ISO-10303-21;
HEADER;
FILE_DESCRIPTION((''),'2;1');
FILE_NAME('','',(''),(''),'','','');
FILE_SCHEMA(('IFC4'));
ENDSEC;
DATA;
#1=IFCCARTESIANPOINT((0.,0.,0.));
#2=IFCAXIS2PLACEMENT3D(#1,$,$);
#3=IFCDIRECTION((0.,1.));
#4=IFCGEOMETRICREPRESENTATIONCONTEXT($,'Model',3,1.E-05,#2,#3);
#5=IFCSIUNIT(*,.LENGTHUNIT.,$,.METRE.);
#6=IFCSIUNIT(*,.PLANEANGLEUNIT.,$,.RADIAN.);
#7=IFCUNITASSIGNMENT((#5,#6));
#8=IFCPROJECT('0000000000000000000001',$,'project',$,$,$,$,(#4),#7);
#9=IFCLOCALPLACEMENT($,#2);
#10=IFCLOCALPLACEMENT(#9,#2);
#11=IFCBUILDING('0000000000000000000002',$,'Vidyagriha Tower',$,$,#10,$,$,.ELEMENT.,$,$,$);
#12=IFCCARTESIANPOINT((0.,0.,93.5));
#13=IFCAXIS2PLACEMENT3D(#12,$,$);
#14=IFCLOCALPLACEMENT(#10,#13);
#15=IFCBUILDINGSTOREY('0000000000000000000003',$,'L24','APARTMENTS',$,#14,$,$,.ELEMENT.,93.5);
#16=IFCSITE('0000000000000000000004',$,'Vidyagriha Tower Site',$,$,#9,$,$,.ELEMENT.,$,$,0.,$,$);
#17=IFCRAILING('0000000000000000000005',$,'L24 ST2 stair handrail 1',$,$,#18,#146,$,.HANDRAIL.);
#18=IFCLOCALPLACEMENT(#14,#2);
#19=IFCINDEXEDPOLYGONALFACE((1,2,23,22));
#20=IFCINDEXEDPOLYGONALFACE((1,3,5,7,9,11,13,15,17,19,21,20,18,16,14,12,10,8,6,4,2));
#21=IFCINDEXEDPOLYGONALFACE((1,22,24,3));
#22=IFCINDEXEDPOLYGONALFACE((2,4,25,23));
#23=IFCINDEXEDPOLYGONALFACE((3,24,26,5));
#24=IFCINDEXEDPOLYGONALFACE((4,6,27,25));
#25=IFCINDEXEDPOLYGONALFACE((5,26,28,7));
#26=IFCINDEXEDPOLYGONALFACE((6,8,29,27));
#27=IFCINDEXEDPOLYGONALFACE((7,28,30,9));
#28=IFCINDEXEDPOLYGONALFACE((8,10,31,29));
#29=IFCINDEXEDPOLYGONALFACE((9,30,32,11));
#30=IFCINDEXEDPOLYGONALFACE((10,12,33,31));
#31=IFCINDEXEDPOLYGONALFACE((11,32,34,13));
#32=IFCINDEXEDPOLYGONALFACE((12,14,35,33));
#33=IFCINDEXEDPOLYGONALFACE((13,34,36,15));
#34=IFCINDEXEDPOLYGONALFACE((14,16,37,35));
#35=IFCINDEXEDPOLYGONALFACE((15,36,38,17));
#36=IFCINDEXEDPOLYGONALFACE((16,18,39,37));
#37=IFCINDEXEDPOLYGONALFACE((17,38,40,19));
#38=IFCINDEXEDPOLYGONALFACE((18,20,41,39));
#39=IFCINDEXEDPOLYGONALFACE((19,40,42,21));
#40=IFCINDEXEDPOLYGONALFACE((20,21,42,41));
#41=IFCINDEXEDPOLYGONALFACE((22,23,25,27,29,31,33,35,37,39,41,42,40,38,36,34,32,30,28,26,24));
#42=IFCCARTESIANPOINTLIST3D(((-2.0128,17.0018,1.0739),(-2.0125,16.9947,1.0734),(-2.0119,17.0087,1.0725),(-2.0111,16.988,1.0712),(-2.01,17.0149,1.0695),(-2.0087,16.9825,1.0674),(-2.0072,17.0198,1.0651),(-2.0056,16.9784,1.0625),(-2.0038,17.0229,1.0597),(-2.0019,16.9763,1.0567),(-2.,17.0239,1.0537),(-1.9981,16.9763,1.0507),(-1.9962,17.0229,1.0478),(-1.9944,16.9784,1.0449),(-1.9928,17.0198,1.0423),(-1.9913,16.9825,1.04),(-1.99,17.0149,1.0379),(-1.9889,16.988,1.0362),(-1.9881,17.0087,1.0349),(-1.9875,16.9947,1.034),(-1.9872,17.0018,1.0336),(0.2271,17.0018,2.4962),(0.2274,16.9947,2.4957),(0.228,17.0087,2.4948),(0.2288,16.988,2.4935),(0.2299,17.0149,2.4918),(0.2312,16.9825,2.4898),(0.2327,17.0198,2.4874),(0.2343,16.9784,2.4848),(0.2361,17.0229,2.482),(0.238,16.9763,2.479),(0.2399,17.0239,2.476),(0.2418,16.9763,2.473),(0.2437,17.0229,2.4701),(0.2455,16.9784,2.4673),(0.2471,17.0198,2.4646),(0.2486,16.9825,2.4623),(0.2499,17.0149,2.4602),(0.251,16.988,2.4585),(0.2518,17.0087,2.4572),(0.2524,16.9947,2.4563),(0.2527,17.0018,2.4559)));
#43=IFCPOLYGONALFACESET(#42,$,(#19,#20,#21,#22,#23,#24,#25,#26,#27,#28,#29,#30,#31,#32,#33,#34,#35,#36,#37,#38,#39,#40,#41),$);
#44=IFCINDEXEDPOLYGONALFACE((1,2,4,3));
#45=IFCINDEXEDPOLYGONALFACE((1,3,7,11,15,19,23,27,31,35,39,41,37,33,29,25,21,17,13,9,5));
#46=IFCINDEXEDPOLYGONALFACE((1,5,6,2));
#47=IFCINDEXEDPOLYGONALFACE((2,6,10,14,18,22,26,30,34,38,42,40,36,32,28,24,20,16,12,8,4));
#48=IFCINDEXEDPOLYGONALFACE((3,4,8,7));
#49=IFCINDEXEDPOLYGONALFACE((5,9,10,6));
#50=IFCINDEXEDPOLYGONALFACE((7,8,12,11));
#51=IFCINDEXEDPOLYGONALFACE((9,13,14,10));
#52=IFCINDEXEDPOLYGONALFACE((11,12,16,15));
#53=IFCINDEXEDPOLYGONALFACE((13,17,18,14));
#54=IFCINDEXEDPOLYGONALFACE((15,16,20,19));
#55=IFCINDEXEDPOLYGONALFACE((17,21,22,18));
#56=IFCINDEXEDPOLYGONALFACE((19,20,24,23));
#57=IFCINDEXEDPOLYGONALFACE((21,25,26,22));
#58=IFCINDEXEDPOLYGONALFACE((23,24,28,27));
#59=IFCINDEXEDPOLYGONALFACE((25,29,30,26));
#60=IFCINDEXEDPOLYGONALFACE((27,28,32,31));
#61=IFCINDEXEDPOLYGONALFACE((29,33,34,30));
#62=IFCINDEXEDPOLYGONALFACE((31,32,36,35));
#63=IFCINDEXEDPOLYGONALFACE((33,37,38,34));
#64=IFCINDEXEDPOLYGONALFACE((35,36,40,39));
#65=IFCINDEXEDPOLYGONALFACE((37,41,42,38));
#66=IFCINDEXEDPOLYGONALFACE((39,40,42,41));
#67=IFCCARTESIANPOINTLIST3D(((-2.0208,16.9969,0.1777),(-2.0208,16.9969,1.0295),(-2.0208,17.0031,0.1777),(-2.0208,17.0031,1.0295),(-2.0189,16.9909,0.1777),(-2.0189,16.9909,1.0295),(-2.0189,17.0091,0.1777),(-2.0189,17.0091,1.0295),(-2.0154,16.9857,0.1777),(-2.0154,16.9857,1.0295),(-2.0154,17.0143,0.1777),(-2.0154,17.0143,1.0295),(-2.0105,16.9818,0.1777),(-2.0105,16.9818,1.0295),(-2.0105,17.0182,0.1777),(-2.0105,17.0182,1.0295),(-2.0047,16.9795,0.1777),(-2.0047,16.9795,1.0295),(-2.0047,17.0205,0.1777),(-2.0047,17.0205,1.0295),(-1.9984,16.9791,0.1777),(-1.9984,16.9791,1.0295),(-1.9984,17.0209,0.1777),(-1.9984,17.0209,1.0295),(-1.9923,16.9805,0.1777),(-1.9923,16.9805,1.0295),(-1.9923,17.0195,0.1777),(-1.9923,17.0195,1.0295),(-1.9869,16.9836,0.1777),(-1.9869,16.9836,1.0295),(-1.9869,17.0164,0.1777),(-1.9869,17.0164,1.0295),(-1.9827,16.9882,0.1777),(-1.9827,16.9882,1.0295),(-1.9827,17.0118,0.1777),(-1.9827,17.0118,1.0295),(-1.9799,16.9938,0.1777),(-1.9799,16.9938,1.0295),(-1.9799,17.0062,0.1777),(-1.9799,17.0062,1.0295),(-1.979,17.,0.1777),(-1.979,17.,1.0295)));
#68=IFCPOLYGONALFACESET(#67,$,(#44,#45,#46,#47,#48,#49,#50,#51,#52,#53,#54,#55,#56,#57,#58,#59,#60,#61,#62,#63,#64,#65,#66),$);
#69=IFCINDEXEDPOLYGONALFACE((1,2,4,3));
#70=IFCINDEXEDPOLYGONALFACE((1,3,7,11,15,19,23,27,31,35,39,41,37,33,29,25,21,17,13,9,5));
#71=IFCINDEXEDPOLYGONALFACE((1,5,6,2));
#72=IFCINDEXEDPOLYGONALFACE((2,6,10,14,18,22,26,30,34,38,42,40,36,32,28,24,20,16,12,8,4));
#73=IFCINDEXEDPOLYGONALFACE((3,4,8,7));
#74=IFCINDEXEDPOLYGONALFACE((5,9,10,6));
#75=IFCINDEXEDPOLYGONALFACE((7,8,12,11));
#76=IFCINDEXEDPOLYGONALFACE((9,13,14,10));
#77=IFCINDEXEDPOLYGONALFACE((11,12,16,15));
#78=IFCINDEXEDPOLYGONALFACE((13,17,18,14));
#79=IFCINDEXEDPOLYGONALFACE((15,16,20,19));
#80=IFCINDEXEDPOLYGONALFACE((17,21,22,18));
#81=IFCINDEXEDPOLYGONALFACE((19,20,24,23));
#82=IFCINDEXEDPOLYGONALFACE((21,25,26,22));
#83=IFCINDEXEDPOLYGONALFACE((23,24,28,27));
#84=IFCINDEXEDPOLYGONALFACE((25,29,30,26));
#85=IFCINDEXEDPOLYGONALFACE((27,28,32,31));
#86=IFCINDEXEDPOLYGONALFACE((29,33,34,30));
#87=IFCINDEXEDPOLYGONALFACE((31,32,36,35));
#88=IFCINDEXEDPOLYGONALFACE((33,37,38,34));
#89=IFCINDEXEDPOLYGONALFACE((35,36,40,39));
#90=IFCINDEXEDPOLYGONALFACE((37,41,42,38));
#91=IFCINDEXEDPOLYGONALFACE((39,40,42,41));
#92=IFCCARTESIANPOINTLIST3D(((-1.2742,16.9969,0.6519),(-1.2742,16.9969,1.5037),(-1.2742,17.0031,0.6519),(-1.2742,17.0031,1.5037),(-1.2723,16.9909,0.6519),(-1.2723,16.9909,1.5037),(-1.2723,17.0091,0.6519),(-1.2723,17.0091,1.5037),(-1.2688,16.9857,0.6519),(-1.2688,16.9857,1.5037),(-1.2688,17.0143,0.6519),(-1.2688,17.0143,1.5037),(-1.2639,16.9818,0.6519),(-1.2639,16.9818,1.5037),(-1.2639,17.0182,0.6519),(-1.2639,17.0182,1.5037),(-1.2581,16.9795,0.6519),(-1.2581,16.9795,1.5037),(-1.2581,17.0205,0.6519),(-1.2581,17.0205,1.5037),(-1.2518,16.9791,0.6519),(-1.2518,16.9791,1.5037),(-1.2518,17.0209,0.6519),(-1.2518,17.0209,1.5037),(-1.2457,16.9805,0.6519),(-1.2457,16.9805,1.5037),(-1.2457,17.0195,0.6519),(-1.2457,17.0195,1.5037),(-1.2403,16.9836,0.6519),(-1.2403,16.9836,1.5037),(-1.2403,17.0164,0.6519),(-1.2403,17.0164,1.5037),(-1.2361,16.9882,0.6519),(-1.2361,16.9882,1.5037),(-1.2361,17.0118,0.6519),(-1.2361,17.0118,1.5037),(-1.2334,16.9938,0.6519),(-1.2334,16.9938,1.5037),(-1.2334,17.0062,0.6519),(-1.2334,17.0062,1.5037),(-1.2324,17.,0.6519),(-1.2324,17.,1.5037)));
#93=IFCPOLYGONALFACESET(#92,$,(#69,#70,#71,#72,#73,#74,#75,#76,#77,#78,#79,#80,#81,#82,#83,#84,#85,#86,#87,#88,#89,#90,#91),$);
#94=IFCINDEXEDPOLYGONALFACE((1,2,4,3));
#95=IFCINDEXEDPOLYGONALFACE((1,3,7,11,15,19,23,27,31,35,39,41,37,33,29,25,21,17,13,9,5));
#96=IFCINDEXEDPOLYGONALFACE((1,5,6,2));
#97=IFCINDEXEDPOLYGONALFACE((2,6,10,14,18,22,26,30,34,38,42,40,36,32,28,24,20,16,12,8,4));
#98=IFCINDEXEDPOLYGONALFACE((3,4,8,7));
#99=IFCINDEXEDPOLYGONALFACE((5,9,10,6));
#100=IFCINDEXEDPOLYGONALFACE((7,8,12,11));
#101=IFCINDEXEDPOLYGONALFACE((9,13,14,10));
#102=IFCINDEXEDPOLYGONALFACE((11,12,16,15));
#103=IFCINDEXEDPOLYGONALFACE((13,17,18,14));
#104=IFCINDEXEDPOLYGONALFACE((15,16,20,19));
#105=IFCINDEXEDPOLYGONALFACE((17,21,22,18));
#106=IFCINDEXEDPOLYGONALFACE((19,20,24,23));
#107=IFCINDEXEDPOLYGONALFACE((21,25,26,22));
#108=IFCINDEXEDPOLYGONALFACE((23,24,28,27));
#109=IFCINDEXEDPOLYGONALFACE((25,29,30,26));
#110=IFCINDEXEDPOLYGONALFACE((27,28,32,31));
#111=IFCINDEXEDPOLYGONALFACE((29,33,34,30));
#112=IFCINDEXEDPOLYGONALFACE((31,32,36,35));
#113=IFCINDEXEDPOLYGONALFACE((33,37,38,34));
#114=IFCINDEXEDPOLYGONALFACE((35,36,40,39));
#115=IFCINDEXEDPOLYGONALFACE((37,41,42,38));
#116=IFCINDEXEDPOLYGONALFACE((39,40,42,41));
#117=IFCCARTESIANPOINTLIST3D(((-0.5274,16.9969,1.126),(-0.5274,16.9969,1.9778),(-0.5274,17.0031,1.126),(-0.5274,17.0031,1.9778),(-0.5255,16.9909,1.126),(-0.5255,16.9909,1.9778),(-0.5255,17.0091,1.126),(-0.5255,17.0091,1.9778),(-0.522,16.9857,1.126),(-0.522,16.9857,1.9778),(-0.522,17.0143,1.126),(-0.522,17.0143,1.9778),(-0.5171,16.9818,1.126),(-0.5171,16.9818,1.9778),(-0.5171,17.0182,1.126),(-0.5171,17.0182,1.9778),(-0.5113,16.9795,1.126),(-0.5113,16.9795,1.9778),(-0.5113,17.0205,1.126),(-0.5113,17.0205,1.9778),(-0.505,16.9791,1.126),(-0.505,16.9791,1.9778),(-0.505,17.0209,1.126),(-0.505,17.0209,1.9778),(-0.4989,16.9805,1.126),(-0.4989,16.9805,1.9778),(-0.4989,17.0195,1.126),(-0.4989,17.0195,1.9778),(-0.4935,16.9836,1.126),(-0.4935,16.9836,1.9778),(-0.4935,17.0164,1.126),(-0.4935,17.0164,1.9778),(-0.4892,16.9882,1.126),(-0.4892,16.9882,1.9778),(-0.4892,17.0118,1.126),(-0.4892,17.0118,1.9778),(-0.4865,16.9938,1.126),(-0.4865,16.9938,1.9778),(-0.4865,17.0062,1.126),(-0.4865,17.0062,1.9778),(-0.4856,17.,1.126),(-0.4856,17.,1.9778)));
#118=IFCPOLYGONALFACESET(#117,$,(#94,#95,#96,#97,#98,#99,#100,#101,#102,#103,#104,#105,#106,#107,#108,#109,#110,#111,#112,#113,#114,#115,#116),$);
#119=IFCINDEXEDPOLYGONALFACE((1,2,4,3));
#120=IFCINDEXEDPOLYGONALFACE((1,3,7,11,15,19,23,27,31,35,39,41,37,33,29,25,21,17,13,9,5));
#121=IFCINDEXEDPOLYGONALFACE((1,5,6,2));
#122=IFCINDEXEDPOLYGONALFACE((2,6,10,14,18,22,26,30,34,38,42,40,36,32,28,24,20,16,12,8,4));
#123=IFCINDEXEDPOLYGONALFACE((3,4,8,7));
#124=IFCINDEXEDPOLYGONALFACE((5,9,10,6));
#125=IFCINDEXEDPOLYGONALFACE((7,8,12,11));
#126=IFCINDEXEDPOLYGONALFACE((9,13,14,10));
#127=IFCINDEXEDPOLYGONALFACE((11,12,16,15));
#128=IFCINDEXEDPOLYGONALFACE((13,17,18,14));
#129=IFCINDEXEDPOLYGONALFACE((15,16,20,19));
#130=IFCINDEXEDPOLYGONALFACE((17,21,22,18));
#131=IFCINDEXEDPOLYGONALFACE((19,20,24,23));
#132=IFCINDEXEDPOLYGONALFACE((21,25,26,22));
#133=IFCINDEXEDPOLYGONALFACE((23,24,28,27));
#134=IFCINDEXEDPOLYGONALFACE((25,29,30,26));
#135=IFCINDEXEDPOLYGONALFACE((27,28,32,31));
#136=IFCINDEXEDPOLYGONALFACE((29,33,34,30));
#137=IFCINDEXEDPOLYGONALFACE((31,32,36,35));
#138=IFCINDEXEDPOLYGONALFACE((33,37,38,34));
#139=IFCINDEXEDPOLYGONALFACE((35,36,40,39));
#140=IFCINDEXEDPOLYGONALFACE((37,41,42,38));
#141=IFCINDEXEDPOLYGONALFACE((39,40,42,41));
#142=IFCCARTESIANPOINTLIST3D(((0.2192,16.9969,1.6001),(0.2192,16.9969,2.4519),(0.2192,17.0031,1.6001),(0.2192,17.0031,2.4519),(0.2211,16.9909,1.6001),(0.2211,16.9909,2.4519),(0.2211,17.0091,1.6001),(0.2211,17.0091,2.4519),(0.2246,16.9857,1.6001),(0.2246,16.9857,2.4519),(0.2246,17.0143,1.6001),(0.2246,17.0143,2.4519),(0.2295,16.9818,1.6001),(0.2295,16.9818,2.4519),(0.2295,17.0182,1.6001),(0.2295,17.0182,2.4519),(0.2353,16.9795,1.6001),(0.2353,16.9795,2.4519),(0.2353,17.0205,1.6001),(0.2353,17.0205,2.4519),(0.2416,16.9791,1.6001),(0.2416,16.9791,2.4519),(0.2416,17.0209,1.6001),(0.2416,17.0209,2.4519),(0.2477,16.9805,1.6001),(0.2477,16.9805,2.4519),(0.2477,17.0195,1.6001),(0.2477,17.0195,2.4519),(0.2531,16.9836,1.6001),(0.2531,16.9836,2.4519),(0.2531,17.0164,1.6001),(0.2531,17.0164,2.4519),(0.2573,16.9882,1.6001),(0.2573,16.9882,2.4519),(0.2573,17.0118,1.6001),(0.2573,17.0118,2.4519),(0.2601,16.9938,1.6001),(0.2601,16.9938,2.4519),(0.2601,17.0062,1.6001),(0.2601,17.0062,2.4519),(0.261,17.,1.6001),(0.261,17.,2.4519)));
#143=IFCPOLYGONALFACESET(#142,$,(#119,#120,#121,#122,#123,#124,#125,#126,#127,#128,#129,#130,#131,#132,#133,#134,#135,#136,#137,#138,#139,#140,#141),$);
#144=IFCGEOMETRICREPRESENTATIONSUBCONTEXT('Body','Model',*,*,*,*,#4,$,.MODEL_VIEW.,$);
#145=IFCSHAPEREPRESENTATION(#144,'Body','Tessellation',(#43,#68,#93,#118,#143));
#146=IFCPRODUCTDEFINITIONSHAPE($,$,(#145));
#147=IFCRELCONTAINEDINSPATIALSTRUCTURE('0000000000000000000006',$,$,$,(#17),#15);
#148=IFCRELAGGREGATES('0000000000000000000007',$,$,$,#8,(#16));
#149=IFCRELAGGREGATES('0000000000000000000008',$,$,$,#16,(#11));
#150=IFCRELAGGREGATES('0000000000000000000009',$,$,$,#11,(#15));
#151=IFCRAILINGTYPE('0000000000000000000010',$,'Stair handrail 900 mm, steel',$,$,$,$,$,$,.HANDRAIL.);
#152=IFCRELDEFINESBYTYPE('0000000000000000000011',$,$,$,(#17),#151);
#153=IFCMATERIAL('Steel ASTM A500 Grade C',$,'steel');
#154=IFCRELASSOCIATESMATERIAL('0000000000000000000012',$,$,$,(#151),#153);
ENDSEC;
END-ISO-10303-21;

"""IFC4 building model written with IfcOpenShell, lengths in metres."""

from ifc_helpers import new_model, si_unit, direction, frame, origin, origin_2d, place, context, subcontext, project, spatial, circle, extrude, material, type_object, element, save


model = new_model("IFC4")

# Units and contexts
model_context = context("Model", 3, precision=1e-05, world=origin(), true_north=direction((0.0, 1.0)))
body_context = subcontext(model_context, "Body", "Model", "MODEL_VIEW")
ifc_project = project(units=[si_unit("LENGTHUNIT", "METRE"), si_unit("PLANEANGLEUNIT", "RADIAN")], contexts=[model_context])

# Site, building, storey
site_placement = place(None, origin())
site = spatial("IfcSite", under=ifc_project, at=site_placement, Name="Vidyagriha Tower Site", CompositionType="ELEMENT", RefElevation=0.0)
building_placement = place(site_placement, origin())
building = spatial("IfcBuilding", under=site, at=building_placement, Name="Vidyagriha Tower", CompositionType="ELEMENT")
storey_placement = place(building_placement, frame((0.0, 0.0, 93.5)))
storey = spatial("IfcBuildingStorey", under=building, at=storey_placement, Name="L24", Description="APARTMENTS", CompositionType="ELEMENT", Elevation=93.5)

# Railing
ifc_material_1 = material(Name="Steel ASTM A500 Grade C", Category="steel")
railing_type_1 = type_object("IfcRailingType", Name="Stair handrail 900 mm, steel", PredefinedType="HANDRAIL", material=ifc_material_1)
railing_1_placement = place(storey_placement, frame((-2.0, 17.0, 0.1777)))
element("IfcRailing", 1, at=railing_1_placement, inside=storey, type_object=railing_type_1, Name="L24 ST2 stair handrail 1", PredefinedType="HANDRAIL", context=body_context, shape_type="SweptSolid", body=[
    extrude(circle(Radius=0.0239, at=origin_2d()), frame((0.0, 0.0, 0.876), z_axis=(0.844188, 0.0, 0.536048), x_axis=(0.0, 1.0, 0.0)), (0.0, 0.0, 1.0), 2.6533),
    extrude(circle(Radius=0.021, at=origin_2d()), origin(), (0.0, 0.0, 1.0), 0.8518),
    extrude(circle(Radius=0.021, at=origin_2d()), frame((0.7466, 0.0, 0.4741)), (0.0, 0.0, 1.0), 0.8518),
    extrude(circle(Radius=0.021, at=origin_2d()), frame((1.4934, 0.0, 0.9482)), (0.0, 0.0, 1.0), 0.8518),
    extrude(circle(Radius=0.021, at=origin_2d()), frame((2.24, 0.0, 1.4224)), (0.0, 0.0, 1.0), 0.8518),
])

save(model, "model.ifc")
